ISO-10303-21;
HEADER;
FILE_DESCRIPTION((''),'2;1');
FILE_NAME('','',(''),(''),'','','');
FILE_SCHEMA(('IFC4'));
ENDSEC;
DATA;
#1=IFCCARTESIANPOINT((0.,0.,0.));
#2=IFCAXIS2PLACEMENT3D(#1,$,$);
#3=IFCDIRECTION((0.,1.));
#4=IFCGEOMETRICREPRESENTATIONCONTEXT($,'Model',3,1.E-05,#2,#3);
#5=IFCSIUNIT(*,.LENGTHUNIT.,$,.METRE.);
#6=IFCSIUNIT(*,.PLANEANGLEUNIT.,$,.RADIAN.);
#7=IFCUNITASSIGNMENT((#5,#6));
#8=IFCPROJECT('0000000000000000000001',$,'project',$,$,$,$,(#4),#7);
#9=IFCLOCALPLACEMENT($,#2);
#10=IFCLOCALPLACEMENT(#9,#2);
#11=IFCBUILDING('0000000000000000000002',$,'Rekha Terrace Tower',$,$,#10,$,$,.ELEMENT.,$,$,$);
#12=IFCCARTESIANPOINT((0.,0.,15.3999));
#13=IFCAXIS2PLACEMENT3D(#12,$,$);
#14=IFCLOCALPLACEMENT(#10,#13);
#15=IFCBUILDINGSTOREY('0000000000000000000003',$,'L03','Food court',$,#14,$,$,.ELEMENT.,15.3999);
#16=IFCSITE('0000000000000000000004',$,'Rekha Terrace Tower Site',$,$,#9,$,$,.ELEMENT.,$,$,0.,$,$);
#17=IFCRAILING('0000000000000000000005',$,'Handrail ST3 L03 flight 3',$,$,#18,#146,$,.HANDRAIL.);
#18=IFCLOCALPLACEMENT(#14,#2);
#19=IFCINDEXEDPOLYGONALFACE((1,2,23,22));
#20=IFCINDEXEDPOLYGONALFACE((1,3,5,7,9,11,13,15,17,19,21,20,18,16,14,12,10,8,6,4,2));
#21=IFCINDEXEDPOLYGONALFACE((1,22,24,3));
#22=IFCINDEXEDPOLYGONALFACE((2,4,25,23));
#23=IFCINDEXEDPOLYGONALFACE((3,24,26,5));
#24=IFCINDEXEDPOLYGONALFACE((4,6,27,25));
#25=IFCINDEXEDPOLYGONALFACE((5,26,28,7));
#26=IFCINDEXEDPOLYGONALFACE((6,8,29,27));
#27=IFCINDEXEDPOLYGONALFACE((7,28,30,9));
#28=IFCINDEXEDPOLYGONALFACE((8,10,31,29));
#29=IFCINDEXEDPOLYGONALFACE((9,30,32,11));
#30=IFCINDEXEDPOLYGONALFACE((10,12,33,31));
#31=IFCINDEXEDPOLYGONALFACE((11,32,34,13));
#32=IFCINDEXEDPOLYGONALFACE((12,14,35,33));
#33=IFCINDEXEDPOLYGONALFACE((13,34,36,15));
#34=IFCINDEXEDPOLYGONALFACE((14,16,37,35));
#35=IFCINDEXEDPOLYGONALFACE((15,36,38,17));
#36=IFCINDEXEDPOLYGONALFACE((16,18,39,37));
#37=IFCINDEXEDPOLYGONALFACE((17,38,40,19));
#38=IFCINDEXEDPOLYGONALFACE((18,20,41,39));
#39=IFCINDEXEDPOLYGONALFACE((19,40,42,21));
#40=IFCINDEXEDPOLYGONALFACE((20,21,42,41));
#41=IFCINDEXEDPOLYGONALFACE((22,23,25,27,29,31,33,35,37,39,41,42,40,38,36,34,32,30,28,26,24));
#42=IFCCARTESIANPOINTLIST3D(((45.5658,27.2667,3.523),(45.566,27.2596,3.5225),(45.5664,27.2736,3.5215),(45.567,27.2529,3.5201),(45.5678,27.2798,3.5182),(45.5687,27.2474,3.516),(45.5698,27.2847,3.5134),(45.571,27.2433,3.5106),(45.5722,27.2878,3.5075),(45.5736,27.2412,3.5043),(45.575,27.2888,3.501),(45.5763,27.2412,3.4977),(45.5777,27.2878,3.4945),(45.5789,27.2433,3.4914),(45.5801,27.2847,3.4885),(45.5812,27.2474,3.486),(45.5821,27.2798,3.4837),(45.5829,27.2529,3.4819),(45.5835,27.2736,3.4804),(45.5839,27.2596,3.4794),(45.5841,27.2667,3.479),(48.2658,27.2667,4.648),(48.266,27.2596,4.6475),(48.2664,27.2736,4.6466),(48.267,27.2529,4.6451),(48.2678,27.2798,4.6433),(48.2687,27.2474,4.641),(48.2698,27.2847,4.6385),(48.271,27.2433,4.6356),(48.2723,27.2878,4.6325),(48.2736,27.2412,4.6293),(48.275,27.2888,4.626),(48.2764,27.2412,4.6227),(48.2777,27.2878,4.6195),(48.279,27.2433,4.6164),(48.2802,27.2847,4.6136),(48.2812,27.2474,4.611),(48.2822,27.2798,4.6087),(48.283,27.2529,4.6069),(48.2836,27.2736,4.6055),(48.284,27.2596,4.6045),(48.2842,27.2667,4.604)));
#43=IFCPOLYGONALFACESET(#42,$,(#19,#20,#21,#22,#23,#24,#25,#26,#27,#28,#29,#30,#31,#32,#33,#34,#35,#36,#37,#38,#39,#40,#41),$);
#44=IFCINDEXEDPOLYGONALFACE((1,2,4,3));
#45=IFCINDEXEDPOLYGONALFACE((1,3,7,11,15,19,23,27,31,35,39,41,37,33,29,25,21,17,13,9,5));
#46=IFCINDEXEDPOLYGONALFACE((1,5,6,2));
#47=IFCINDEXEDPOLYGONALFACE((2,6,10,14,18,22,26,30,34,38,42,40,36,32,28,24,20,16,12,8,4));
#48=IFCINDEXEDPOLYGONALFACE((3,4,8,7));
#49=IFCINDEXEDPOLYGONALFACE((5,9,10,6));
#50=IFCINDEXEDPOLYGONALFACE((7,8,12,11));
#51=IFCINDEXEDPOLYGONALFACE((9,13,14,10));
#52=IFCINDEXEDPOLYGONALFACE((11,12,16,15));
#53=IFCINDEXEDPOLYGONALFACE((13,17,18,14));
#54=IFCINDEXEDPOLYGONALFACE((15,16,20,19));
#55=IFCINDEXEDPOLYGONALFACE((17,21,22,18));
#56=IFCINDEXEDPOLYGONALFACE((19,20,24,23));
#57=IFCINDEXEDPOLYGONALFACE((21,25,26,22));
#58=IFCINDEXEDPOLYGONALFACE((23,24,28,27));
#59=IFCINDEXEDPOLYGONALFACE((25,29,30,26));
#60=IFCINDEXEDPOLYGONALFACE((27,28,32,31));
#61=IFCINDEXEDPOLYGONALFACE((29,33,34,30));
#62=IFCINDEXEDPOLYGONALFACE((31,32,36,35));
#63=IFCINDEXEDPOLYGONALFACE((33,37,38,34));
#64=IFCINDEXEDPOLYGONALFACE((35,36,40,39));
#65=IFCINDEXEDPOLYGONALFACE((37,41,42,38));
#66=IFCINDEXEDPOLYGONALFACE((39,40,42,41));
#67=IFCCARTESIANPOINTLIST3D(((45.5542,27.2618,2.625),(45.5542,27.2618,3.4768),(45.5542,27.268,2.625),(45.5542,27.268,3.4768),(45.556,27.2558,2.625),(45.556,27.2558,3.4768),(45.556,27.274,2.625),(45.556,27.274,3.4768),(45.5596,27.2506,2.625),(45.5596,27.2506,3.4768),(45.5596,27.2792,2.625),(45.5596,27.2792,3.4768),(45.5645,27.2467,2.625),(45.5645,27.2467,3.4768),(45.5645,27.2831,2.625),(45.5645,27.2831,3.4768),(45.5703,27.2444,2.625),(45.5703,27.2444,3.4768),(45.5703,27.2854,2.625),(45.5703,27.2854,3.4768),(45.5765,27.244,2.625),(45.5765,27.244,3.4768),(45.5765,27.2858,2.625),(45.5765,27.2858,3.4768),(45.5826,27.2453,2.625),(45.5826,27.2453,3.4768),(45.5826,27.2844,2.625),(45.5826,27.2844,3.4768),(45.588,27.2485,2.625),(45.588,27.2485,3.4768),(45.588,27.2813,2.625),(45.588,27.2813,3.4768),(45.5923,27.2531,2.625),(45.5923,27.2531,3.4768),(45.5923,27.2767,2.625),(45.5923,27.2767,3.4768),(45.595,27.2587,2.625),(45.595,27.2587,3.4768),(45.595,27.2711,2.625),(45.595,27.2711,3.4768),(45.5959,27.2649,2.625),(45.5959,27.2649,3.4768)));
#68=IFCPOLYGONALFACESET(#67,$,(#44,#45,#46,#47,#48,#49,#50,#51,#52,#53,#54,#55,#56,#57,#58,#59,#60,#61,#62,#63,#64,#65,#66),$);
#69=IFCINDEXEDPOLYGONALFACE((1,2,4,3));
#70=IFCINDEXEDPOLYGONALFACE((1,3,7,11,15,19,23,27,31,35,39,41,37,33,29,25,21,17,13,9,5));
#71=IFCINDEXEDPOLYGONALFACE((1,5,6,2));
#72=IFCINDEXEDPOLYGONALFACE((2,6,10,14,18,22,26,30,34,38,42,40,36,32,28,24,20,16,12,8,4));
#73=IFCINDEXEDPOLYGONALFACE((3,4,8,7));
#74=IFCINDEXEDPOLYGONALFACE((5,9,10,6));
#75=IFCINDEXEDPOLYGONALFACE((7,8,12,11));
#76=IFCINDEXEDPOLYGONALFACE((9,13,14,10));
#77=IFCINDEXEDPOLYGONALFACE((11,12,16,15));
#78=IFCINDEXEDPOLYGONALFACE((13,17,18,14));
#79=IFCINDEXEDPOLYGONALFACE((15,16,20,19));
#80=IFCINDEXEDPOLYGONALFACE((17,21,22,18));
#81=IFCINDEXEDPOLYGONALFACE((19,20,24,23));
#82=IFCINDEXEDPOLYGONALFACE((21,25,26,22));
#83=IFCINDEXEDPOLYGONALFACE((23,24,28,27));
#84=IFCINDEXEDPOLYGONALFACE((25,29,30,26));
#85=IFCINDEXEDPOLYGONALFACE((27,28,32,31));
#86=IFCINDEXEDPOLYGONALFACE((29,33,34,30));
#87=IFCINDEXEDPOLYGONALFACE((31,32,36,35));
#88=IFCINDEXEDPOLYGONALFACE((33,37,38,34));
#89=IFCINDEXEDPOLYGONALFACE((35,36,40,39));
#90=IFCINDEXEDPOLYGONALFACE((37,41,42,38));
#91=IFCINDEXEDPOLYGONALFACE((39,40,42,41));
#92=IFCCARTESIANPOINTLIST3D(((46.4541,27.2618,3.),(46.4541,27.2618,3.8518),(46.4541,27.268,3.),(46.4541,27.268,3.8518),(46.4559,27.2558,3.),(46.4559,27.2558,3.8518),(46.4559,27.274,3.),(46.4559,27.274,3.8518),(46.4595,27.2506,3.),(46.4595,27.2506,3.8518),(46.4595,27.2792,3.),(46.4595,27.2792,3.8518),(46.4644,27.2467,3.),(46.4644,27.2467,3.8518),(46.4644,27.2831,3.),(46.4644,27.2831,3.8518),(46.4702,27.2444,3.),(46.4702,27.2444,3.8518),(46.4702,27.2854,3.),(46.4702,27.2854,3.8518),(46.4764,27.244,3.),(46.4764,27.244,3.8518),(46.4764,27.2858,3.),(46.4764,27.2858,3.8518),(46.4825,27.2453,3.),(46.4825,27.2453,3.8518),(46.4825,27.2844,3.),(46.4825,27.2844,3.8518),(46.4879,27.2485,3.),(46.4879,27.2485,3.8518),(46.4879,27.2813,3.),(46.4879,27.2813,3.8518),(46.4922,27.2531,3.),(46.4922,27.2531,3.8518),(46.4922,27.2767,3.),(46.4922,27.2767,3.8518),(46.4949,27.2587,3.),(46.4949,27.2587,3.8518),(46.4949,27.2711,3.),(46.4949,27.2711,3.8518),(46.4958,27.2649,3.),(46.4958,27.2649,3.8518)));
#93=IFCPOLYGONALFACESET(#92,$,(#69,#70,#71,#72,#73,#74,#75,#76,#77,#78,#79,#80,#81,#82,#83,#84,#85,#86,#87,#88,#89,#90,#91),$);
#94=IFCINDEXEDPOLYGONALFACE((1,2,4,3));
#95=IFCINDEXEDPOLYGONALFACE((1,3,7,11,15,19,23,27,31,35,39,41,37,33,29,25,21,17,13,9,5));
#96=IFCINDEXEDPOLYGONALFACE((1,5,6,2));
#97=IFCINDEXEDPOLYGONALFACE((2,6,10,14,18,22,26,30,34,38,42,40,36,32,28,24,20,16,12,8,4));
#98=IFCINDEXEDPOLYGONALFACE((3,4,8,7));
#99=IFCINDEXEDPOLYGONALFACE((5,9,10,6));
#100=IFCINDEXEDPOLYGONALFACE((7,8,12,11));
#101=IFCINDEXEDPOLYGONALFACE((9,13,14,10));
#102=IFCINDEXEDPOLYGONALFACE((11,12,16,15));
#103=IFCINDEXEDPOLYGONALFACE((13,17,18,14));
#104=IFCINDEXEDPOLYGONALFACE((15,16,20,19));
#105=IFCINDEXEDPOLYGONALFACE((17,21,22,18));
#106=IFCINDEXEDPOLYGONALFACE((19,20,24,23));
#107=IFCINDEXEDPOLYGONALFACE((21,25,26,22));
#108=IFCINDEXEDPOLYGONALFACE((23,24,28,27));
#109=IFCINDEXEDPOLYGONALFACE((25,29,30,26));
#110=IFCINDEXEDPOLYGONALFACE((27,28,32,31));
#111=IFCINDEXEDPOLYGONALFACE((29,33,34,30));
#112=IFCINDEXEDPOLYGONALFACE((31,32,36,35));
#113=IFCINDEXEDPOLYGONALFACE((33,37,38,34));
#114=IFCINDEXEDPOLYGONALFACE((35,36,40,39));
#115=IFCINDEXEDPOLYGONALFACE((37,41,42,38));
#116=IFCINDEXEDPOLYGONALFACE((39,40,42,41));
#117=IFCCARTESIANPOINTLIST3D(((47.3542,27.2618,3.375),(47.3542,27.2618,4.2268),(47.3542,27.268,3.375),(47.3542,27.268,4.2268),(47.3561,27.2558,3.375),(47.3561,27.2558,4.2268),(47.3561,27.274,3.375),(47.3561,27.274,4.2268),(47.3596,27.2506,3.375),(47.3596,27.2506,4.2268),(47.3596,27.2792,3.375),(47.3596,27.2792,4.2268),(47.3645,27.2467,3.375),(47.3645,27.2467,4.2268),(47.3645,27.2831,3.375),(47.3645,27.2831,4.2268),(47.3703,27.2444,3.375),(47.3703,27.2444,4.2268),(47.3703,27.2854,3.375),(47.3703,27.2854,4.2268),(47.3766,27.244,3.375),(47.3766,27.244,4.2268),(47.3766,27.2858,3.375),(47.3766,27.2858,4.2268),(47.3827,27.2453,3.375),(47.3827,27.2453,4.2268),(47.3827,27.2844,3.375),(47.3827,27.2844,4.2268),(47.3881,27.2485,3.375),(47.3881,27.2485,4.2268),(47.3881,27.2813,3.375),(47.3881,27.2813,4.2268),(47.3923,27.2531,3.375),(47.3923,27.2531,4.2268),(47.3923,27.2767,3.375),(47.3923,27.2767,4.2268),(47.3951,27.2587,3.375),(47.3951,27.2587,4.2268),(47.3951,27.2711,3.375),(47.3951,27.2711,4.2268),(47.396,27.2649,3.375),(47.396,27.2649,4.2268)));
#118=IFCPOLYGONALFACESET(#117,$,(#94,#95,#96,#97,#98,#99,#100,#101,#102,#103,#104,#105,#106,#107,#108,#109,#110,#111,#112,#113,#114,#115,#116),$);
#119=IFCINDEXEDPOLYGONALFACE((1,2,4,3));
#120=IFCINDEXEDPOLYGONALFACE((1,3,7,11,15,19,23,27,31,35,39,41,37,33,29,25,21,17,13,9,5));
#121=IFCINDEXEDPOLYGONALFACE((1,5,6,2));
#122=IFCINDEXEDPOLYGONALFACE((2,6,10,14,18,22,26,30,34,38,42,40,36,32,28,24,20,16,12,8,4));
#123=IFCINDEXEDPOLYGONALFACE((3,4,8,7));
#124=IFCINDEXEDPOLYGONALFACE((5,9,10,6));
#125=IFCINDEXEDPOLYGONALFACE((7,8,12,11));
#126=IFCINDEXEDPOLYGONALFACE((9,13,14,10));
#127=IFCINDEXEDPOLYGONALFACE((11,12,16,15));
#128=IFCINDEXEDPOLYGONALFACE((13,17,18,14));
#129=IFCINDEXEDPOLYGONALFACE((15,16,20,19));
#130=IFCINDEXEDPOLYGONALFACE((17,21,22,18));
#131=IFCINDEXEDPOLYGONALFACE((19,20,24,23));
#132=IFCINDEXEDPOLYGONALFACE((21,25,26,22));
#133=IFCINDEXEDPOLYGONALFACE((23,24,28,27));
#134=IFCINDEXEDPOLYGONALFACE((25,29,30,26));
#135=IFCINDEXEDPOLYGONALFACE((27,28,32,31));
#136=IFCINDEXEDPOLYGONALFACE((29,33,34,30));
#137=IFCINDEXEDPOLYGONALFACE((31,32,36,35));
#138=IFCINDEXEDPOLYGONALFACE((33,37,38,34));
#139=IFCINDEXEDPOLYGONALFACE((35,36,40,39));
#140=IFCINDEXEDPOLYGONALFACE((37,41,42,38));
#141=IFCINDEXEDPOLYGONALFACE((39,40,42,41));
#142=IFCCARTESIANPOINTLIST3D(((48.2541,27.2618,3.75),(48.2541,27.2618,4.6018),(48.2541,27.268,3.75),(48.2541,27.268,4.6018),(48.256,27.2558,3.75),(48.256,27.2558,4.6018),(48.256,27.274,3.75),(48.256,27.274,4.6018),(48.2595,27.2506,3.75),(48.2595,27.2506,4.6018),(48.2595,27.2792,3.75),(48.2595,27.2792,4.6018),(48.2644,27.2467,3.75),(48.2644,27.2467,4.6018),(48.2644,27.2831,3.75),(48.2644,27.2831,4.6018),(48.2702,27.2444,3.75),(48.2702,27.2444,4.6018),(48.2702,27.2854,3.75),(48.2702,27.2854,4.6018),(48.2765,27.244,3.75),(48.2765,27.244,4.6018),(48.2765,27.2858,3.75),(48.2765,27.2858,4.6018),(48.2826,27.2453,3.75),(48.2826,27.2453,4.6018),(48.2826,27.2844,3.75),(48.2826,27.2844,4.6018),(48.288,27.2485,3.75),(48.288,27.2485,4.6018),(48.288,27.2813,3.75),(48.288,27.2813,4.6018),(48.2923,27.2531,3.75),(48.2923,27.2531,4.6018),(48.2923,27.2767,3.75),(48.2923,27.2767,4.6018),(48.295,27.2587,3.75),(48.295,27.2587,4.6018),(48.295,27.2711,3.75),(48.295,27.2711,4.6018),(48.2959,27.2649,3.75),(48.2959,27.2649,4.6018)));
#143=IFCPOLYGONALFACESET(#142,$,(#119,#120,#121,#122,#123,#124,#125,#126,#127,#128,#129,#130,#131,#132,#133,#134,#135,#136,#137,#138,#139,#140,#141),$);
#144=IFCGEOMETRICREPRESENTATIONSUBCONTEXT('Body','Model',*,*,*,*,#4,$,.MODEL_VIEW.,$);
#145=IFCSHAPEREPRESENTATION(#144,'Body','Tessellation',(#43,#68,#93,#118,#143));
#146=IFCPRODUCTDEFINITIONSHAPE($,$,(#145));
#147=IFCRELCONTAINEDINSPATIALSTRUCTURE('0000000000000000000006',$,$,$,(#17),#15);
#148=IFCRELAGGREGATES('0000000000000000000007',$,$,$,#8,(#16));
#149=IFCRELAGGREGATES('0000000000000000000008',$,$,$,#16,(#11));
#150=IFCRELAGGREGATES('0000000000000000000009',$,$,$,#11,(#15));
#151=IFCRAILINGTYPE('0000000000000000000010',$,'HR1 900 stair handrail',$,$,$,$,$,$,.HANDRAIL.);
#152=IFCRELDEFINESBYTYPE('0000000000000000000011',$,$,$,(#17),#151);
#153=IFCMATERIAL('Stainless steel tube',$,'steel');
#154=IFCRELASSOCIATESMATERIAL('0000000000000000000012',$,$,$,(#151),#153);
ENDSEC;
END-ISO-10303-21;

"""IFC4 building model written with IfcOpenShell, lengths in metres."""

from ifc_helpers import new_model, si_unit, direction, frame, origin, origin_2d, place, context, subcontext, project, spatial, circle, extrude, material, type_object, element, save


model = new_model("IFC4")

# Units and contexts
model_context = context("Model", 3, precision=1e-05, world=origin(), true_north=direction((0.0, 1.0)))
body_context = subcontext(model_context, "Body", "Model", "MODEL_VIEW")
ifc_project = project(units=[si_unit("LENGTHUNIT", "METRE"), si_unit("PLANEANGLEUNIT", "RADIAN")], contexts=[model_context])

# Site, building, storey
site_placement = place(None, origin())
site = spatial("IfcSite", under=ifc_project, at=site_placement, Name="Rekha Terrace Tower Site", CompositionType="ELEMENT", RefElevation=0.0)
building_placement = place(site_placement, origin())
building = spatial("IfcBuilding", under=site, at=building_placement, Name="Rekha Terrace Tower", CompositionType="ELEMENT")
storey_placement = place(building_placement, frame((0.0, 0.0, 15.3999)))
storey = spatial("IfcBuildingStorey", under=building, at=storey_placement, Name="L03", Description="Food court", CompositionType="ELEMENT", Elevation=15.3999)

# Railing
ifc_material_1 = material(Name="Stainless steel tube", Category="steel")
railing_type_1 = type_object("IfcRailingType", Name="HR1 900 stair handrail", PredefinedType="HANDRAIL", material=ifc_material_1)
railing_1_placement = place(storey_placement, frame((45.575, 27.2649, 2.625)))
element("IfcRailing", 1, at=railing_1_placement, inside=storey, type_object=railing_type_1, Name="Handrail ST3 L03 flight 3", PredefinedType="HANDRAIL", context=body_context, shape_type="SweptSolid", body=[
    extrude(circle(Radius=0.0239, at=origin_2d()), frame((0.0, 0.0, 0.876), z_axis=(0.923074, 0.0, 0.384621), x_axis=(0.0, 1.0, 0.0)), (0.0, 0.0, 1.0), 2.925),
    extrude(circle(Radius=0.021, at=origin_2d()), origin(), (0.0, 0.0, 1.0), 0.8518),
    extrude(circle(Radius=0.021, at=origin_2d()), frame((0.8999, 0.0, 0.375)), (0.0, 0.0, 1.0), 0.8518),
    extrude(circle(Radius=0.021, at=origin_2d()), frame((1.8, 0.0, 0.75)), (0.0, 0.0, 1.0), 0.8518),
    extrude(circle(Radius=0.021, at=origin_2d()), frame((2.7, 0.0, 1.125)), (0.0, 0.0, 1.0), 0.8518),
])

save(model, "model.ifc")
